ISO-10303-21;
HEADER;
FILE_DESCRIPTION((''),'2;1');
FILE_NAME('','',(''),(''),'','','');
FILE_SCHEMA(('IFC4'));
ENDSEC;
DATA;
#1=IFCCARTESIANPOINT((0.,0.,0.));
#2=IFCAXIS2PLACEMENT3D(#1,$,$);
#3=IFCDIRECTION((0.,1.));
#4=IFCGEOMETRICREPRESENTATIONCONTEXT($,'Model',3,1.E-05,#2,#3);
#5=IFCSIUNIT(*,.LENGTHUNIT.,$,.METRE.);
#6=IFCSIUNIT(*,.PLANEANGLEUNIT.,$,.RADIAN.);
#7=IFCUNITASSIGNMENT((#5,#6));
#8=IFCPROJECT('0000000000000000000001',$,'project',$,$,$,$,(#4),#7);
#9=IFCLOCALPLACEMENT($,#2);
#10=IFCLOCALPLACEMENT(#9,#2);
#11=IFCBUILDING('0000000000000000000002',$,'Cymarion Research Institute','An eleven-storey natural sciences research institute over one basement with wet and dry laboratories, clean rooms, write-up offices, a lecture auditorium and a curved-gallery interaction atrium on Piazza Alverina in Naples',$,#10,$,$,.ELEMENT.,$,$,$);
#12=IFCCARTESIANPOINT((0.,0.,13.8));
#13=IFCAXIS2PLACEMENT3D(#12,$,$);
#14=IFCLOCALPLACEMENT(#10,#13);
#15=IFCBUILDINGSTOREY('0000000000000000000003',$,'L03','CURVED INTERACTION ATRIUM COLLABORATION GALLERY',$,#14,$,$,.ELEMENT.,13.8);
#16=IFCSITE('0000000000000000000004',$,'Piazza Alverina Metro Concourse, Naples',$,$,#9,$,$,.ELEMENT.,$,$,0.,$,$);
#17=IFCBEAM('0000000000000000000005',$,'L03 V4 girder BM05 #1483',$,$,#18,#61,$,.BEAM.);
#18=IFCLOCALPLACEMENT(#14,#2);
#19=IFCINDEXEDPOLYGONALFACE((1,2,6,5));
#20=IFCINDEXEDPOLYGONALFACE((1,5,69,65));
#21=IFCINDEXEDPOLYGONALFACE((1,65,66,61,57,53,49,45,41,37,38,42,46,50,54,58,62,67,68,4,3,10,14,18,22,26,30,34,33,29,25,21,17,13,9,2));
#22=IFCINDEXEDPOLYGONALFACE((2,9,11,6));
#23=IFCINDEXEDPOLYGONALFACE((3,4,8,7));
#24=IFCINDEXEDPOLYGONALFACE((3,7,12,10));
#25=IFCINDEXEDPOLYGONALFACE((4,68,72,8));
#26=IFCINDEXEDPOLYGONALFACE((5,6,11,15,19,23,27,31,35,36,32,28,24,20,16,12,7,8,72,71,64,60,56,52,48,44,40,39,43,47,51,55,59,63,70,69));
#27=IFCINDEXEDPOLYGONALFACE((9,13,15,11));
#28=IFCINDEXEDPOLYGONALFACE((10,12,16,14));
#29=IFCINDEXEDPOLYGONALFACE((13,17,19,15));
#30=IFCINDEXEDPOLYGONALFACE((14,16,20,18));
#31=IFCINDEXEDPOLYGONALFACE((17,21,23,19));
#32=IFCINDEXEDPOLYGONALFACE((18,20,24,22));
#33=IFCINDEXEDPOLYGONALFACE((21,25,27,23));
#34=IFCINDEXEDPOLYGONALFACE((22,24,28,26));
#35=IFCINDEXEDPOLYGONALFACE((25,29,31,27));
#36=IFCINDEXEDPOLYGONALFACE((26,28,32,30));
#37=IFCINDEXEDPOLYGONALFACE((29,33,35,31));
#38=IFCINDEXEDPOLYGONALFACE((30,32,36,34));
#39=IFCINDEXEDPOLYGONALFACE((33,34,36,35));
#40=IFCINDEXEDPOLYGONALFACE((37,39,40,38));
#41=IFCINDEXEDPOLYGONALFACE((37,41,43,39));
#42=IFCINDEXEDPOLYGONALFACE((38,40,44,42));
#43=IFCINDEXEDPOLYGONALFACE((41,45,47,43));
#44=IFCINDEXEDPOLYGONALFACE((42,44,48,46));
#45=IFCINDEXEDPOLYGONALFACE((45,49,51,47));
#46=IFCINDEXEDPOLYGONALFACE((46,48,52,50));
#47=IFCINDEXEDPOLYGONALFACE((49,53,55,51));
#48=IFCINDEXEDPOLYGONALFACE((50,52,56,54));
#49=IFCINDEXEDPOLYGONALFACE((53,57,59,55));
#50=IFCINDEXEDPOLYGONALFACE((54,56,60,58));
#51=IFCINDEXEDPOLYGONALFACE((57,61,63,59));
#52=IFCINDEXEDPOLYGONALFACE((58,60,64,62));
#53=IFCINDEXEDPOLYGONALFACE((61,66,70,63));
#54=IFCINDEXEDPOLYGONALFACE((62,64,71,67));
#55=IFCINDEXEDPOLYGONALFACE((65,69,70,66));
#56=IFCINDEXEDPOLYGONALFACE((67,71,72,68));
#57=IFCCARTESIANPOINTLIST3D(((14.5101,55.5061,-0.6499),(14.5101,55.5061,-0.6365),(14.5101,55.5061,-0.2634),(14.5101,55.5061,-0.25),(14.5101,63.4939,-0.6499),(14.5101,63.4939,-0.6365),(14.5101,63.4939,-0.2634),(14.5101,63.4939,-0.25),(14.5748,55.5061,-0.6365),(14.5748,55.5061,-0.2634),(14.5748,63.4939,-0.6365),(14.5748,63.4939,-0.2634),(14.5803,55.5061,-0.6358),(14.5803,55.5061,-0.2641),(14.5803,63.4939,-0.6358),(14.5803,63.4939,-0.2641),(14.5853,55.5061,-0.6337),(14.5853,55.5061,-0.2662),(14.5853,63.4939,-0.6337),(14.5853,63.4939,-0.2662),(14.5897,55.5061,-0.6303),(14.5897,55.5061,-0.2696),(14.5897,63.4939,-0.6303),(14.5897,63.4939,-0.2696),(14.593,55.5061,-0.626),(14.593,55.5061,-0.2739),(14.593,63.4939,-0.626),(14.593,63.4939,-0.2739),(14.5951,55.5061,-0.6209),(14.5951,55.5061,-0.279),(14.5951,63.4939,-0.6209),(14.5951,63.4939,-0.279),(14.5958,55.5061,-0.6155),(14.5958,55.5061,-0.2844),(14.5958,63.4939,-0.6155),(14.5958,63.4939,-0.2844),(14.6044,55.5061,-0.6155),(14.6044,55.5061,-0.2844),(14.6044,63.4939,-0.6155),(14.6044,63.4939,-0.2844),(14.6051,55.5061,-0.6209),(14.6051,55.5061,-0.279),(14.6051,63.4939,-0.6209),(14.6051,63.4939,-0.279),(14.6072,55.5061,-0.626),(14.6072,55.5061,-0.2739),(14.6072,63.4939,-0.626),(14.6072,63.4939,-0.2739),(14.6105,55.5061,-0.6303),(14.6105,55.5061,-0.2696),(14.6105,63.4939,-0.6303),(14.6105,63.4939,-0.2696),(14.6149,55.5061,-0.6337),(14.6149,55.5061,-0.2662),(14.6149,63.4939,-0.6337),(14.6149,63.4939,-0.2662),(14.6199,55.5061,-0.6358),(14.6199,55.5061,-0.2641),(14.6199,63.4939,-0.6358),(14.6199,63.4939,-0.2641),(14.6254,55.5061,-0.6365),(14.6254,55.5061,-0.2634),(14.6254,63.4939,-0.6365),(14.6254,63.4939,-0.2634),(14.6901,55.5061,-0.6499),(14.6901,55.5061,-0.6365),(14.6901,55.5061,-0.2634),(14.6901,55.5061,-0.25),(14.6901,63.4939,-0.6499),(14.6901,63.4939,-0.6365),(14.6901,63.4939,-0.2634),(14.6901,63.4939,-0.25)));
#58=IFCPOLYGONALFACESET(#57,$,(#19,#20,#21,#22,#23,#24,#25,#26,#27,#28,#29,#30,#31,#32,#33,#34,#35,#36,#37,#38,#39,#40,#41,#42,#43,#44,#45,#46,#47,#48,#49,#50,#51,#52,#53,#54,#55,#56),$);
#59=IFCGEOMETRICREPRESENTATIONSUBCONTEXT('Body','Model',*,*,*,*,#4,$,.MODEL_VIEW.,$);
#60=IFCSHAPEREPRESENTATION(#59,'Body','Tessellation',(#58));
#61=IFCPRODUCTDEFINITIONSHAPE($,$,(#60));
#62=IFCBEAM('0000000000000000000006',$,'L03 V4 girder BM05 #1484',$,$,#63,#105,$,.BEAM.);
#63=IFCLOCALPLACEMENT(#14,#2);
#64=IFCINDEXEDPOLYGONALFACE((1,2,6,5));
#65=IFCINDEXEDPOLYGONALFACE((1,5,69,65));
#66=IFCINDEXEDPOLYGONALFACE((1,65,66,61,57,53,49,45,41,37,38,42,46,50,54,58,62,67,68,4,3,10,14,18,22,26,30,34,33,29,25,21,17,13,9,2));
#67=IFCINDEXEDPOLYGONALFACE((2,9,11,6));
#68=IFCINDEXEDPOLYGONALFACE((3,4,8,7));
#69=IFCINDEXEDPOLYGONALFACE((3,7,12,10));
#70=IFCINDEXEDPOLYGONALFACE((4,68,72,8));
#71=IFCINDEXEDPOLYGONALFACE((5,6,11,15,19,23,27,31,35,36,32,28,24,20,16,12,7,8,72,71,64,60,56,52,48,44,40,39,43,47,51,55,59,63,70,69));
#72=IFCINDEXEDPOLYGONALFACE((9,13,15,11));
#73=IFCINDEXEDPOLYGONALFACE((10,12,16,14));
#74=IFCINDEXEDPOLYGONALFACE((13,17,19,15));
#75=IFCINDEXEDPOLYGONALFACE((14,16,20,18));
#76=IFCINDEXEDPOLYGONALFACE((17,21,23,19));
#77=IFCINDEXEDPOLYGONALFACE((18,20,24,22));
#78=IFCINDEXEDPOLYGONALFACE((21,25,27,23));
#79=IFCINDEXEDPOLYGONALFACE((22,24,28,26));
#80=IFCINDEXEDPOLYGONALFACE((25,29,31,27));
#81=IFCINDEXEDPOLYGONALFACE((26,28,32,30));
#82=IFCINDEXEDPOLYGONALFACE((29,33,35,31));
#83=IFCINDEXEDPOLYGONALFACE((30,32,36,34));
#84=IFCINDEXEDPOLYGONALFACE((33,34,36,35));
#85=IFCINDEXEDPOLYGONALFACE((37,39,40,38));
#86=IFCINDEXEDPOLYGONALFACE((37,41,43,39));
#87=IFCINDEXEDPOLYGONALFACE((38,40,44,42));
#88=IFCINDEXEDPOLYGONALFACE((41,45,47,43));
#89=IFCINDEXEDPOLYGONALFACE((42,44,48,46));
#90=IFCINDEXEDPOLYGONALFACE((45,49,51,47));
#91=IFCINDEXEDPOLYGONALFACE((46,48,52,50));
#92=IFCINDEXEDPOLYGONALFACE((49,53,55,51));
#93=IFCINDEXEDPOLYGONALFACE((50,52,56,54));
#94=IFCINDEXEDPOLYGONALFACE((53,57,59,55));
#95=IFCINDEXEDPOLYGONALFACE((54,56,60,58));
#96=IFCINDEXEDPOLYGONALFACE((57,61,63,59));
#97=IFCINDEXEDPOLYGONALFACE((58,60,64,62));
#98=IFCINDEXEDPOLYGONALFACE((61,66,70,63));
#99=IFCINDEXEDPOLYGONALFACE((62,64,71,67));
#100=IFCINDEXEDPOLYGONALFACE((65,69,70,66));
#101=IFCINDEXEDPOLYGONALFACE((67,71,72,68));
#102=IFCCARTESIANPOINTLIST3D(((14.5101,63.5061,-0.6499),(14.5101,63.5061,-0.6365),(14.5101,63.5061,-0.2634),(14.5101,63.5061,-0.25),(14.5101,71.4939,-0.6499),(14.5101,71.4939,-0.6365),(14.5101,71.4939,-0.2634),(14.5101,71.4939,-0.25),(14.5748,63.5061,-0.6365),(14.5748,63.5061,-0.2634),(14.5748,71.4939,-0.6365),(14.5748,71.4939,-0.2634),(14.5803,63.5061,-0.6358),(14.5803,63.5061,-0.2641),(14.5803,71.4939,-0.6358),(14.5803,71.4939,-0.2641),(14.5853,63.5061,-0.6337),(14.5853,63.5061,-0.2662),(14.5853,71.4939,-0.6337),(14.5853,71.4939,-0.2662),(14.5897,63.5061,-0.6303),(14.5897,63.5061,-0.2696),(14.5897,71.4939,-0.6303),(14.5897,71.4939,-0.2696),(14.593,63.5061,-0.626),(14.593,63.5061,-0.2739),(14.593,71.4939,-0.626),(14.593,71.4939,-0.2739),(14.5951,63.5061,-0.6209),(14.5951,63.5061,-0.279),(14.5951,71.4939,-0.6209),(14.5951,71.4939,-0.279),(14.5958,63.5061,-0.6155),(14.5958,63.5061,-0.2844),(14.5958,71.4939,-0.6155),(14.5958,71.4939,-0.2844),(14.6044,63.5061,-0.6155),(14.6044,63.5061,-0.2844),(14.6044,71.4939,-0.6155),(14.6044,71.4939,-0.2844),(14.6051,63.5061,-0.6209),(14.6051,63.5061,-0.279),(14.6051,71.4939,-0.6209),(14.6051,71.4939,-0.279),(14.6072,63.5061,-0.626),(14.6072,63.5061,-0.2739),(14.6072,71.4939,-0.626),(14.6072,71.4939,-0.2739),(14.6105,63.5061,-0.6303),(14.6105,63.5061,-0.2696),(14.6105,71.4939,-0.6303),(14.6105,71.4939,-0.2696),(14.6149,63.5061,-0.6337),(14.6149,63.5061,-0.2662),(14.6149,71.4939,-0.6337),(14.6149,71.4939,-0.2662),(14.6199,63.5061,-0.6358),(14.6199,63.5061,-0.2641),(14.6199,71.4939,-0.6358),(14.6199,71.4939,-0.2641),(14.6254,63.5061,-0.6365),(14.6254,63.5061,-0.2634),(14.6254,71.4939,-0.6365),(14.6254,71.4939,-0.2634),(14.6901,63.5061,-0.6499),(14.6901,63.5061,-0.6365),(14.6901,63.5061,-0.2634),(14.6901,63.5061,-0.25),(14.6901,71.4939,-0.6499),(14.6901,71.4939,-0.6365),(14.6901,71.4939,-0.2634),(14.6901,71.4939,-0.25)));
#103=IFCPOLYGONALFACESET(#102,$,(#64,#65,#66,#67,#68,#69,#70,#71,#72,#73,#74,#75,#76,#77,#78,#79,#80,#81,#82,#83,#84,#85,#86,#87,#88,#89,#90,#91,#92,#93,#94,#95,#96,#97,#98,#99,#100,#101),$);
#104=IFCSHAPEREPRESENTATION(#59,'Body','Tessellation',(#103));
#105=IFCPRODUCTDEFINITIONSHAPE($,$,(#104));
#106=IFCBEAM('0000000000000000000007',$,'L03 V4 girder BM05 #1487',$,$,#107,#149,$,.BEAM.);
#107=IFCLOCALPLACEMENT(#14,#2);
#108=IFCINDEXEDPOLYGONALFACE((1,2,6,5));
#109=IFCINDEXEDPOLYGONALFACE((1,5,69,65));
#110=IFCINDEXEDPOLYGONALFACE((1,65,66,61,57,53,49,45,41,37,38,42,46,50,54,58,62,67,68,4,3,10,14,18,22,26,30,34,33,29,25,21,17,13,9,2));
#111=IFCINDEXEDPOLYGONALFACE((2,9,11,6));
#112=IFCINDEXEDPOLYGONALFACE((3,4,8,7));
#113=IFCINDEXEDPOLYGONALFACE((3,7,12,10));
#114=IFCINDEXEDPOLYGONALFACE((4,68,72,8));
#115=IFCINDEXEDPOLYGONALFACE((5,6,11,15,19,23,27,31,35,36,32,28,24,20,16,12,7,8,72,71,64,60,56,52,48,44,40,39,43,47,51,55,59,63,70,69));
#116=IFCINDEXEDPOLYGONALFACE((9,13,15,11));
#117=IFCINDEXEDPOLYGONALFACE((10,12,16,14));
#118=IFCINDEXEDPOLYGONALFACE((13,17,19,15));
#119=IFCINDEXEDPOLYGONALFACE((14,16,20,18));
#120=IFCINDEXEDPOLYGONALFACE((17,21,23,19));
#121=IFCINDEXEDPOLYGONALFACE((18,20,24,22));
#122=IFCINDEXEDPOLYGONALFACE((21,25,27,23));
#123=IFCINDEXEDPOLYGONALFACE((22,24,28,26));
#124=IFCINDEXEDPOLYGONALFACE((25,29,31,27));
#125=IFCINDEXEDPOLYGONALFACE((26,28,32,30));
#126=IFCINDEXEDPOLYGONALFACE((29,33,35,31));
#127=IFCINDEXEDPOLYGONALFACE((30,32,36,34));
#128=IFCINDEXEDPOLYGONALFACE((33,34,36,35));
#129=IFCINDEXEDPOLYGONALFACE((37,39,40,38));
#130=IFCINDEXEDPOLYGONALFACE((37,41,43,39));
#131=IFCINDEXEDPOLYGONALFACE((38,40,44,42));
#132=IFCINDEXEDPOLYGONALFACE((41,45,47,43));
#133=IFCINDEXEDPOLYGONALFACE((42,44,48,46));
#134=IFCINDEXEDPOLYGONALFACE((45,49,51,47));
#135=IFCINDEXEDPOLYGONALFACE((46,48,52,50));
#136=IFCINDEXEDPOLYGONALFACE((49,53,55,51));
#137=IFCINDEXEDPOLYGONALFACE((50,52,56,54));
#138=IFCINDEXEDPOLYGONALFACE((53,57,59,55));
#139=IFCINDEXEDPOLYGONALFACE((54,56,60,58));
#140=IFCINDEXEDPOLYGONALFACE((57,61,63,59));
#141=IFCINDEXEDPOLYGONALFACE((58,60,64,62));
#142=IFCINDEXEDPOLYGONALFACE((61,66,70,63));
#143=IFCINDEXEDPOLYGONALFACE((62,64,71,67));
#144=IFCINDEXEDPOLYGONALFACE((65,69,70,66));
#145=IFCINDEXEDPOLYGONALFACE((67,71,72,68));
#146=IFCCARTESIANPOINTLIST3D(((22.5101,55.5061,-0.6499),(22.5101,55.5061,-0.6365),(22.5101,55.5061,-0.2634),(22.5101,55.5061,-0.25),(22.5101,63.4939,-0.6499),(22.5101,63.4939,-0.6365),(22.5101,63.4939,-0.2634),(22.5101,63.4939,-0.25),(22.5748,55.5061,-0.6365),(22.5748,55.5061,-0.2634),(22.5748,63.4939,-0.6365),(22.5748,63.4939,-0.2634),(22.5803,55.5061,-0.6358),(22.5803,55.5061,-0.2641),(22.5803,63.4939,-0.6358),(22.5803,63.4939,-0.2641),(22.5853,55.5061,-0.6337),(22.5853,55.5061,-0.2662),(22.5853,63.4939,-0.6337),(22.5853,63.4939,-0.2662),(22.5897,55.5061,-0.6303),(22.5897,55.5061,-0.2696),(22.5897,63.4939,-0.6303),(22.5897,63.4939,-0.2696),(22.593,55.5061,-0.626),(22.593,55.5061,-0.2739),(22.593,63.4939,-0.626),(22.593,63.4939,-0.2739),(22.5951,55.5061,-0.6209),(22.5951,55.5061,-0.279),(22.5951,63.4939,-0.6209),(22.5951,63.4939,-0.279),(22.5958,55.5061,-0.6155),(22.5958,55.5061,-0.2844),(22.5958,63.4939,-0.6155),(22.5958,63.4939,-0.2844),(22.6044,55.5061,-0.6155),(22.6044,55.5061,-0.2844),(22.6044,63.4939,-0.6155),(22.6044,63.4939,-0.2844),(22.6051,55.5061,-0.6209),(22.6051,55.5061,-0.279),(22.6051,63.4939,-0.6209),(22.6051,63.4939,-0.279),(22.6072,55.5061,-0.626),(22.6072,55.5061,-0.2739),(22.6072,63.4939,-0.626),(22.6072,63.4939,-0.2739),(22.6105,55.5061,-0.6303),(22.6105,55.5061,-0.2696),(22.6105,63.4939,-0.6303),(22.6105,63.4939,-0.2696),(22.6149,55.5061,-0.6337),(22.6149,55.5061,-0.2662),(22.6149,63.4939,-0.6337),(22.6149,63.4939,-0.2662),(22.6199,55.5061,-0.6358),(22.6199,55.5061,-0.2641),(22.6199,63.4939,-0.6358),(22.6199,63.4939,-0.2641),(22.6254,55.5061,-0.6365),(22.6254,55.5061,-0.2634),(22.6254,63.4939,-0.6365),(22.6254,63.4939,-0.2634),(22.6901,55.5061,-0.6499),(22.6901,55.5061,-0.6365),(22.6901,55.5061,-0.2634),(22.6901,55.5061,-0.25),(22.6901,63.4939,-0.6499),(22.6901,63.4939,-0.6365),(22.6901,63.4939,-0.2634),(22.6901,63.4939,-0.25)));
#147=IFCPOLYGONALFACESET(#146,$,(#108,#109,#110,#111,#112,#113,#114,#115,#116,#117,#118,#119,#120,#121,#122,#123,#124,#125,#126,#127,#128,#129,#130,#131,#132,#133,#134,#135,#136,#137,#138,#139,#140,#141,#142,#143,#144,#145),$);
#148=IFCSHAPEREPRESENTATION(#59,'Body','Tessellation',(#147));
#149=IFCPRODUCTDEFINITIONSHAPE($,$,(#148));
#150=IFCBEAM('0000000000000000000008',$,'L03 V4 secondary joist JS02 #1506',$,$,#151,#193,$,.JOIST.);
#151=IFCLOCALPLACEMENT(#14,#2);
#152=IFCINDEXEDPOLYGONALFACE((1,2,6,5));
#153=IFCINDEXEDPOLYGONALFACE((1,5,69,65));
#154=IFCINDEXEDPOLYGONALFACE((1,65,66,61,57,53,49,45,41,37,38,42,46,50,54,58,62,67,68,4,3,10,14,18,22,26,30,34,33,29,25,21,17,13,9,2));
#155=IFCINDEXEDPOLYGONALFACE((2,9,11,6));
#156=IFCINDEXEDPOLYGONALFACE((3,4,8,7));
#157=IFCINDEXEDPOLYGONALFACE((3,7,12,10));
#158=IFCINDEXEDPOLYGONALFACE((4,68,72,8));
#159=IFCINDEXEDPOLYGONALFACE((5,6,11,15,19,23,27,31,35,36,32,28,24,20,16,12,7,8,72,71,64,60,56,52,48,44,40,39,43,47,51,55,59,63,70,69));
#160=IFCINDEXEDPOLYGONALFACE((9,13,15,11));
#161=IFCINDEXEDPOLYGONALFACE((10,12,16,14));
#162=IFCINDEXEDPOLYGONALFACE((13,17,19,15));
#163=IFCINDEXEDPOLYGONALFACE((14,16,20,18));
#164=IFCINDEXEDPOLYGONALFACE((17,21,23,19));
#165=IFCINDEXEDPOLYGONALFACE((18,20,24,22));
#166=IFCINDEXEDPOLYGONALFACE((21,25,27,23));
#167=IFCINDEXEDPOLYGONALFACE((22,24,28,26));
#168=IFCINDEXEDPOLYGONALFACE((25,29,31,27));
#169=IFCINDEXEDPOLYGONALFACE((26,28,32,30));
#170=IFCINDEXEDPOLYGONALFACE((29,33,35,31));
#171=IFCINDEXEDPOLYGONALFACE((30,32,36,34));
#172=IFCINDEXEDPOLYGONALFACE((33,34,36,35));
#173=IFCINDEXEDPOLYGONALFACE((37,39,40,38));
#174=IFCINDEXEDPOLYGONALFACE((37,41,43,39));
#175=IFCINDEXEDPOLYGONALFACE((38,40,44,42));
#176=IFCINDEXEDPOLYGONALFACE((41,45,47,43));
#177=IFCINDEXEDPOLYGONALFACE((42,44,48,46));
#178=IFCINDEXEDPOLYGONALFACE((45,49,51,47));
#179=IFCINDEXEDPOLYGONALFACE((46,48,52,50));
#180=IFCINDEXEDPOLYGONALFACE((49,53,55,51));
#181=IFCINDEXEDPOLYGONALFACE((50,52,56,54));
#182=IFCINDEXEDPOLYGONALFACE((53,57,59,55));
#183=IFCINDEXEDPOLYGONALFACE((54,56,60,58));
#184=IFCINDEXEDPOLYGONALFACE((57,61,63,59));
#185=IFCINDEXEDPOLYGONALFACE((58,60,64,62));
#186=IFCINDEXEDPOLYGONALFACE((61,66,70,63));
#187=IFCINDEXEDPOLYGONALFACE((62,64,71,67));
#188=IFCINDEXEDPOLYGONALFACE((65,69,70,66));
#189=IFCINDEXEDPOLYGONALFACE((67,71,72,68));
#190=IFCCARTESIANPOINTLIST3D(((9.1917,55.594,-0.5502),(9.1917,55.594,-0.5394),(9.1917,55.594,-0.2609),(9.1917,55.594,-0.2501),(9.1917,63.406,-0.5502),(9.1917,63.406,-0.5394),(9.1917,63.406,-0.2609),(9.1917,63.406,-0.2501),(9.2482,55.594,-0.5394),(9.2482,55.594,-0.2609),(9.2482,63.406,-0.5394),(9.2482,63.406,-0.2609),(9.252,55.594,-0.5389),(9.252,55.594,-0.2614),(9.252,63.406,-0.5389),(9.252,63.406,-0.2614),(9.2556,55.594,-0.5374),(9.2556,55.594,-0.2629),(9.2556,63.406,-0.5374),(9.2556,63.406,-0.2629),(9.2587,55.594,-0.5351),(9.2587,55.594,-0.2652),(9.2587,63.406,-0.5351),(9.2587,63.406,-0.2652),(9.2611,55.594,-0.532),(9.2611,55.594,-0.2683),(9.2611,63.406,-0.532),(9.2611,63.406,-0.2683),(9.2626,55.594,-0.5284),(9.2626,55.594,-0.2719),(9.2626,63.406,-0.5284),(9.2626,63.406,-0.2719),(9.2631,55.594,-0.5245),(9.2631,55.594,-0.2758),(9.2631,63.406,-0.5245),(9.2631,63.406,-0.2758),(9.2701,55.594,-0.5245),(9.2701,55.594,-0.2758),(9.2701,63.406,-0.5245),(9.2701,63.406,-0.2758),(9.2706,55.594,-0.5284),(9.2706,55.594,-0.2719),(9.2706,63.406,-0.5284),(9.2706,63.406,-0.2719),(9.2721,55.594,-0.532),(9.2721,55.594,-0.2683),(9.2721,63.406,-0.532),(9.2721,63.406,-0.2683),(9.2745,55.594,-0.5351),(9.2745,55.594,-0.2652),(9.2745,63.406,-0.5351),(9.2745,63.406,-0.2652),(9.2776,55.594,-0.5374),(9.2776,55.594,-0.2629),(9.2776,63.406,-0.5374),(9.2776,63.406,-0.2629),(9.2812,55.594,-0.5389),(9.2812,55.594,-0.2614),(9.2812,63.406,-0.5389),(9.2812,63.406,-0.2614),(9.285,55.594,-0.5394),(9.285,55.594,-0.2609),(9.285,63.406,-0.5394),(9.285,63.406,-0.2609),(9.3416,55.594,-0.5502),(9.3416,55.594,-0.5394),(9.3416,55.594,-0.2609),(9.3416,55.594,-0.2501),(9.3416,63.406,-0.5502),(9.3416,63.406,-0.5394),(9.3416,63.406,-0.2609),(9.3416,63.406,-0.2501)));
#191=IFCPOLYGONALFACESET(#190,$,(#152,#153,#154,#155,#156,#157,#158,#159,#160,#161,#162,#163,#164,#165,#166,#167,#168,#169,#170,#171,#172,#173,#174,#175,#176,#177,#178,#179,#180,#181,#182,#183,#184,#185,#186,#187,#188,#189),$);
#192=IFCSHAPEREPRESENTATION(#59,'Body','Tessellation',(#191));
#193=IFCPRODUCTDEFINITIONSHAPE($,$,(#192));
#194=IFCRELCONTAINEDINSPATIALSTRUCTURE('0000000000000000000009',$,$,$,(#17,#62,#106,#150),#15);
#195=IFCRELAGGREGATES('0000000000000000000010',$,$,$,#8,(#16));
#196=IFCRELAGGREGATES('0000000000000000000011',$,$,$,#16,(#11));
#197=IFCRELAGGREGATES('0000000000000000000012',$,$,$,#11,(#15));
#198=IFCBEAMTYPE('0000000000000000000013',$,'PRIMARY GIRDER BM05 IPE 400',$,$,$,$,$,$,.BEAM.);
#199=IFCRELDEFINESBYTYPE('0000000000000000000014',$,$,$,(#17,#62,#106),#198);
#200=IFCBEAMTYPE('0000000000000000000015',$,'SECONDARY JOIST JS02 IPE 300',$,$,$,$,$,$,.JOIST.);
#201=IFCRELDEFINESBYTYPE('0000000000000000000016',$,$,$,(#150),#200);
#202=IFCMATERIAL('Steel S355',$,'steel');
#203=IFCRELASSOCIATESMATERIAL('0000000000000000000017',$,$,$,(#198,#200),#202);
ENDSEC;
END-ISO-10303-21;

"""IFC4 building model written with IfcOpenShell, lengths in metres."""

from ifc_helpers import new_model, si_unit, direction, frame, origin, origin_2d, place, context, subcontext, project, spatial, i_section, extrude, material, material_profile, profile_set, type_object, element, save


model = new_model("IFC4")

# Units and contexts
model_context = context("Model", 3, precision=1e-05, world=origin(), true_north=direction((0.0, 1.0)))
body_context = subcontext(model_context, "Body", "Model", "MODEL_VIEW")
ifc_project = project(units=[si_unit("LENGTHUNIT", "METRE"), si_unit("PLANEANGLEUNIT", "RADIAN")], contexts=[model_context])

# Site, building, storey
site_placement = place(None, origin())
site = spatial("IfcSite", under=ifc_project, at=site_placement, Name="Piazza Alverina Metro Concourse, Naples", CompositionType="ELEMENT", RefElevation=0.0)
building_placement = place(site_placement, origin())
building = spatial("IfcBuilding", under=site, at=building_placement, Name="Cymarion Research Institute", Description="An eleven-storey natural sciences research institute over one basement with wet and dry laboratories, clean rooms, write-up offices, a lecture auditorium and a curved-gallery interaction atrium on Piazza Alverina in Naples", CompositionType="ELEMENT")
storey_placement = place(building_placement, frame((0.0, 0.0, 13.8)))
storey = spatial("IfcBuildingStorey", under=building, at=storey_placement, Name="L03", Description="CURVED INTERACTION ATRIUM COLLABORATION GALLERY", CompositionType="ELEMENT", Elevation=13.8)

# Shared definitions
ifc_material_1 = material(Name="Steel S355", Category="steel")

# Beams
ifc_material_profile_1 = material_profile(ifc_material_1, i_section(OverallWidth=0.1799, OverallDepth=0.3999, WebThickness=0.0085, FlangeThickness=0.0134, FilletRadius=0.021, at=origin_2d()), Name="IPE 400")
ifc_profile_set_1 = profile_set([ifc_material_profile_1], Name="Steel S355")
beam_type_1 = type_object("IfcBeamType", Name="PRIMARY GIRDER BM05 IPE 400", PredefinedType="BEAM", material=ifc_profile_set_1)
for number, where, z_axis, x_axis, name in (
    (1, (14.6001, 55.5061, -0.45), (0.0, 1.0, 0.0), (-1.0, 0.0, 0.0), "L03 V4 girder BM05 #1483"),
    (2, (14.6001, 63.5061, -0.45), (0.0, 1.0, 0.0), (-1.0, 0.0, 0.0), "L03 V4 girder BM05 #1484"),
    (3, (22.6001, 55.5061, -0.45), (0.0, 1.0, 0.0), (-1.0, 0.0, 0.0), "L03 V4 girder BM05 #1487"),
):
    element("IfcBeam", number, at=place(storey_placement, frame(where, z_axis=z_axis, x_axis=x_axis)), inside=storey, type_object=beam_type_1, Name=name, PredefinedType="BEAM", context=body_context, shape_type="SweptSolid", body=[
        extrude(i_section(OverallWidth=0.1799, OverallDepth=0.3999, WebThickness=0.0085, FlangeThickness=0.0134, FilletRadius=0.021, at=origin_2d()), origin(), (0.0, 0.0, 1.0), 7.9878),
    ])
ifc_material_profile_2 = material_profile(ifc_material_1, i_section(OverallWidth=0.1499, OverallDepth=0.3, WebThickness=0.0071, FlangeThickness=0.0107, FilletRadius=0.0149, at=origin_2d()), Name="IPE 300")
ifc_profile_set_2 = profile_set([ifc_material_profile_2], Name="Steel S355")
beam_type_2 = type_object("IfcBeamType", Name="SECONDARY JOIST JS02 IPE 300", PredefinedType="JOIST", material=ifc_profile_set_2)
for number, where, z_axis, x_axis, name in (
    (4, (9.2666, 55.594, -0.4001), (0.0, 1.0, 0.0), (-1.0, 0.0, 0.0), "L03 V4 secondary joist JS02 #1506"),
):
    element("IfcBeam", number, at=place(storey_placement, frame(where, z_axis=z_axis, x_axis=x_axis)), inside=storey, type_object=beam_type_2, Name=name, PredefinedType="JOIST", context=body_context, shape_type="SweptSolid", body=[
        extrude(i_section(OverallWidth=0.1499, OverallDepth=0.3, WebThickness=0.0071, FlangeThickness=0.0107, FilletRadius=0.0149, at=origin_2d()), origin(), (0.0, 0.0, 1.0), 7.812),
    ])

save(model, "model.ifc")
